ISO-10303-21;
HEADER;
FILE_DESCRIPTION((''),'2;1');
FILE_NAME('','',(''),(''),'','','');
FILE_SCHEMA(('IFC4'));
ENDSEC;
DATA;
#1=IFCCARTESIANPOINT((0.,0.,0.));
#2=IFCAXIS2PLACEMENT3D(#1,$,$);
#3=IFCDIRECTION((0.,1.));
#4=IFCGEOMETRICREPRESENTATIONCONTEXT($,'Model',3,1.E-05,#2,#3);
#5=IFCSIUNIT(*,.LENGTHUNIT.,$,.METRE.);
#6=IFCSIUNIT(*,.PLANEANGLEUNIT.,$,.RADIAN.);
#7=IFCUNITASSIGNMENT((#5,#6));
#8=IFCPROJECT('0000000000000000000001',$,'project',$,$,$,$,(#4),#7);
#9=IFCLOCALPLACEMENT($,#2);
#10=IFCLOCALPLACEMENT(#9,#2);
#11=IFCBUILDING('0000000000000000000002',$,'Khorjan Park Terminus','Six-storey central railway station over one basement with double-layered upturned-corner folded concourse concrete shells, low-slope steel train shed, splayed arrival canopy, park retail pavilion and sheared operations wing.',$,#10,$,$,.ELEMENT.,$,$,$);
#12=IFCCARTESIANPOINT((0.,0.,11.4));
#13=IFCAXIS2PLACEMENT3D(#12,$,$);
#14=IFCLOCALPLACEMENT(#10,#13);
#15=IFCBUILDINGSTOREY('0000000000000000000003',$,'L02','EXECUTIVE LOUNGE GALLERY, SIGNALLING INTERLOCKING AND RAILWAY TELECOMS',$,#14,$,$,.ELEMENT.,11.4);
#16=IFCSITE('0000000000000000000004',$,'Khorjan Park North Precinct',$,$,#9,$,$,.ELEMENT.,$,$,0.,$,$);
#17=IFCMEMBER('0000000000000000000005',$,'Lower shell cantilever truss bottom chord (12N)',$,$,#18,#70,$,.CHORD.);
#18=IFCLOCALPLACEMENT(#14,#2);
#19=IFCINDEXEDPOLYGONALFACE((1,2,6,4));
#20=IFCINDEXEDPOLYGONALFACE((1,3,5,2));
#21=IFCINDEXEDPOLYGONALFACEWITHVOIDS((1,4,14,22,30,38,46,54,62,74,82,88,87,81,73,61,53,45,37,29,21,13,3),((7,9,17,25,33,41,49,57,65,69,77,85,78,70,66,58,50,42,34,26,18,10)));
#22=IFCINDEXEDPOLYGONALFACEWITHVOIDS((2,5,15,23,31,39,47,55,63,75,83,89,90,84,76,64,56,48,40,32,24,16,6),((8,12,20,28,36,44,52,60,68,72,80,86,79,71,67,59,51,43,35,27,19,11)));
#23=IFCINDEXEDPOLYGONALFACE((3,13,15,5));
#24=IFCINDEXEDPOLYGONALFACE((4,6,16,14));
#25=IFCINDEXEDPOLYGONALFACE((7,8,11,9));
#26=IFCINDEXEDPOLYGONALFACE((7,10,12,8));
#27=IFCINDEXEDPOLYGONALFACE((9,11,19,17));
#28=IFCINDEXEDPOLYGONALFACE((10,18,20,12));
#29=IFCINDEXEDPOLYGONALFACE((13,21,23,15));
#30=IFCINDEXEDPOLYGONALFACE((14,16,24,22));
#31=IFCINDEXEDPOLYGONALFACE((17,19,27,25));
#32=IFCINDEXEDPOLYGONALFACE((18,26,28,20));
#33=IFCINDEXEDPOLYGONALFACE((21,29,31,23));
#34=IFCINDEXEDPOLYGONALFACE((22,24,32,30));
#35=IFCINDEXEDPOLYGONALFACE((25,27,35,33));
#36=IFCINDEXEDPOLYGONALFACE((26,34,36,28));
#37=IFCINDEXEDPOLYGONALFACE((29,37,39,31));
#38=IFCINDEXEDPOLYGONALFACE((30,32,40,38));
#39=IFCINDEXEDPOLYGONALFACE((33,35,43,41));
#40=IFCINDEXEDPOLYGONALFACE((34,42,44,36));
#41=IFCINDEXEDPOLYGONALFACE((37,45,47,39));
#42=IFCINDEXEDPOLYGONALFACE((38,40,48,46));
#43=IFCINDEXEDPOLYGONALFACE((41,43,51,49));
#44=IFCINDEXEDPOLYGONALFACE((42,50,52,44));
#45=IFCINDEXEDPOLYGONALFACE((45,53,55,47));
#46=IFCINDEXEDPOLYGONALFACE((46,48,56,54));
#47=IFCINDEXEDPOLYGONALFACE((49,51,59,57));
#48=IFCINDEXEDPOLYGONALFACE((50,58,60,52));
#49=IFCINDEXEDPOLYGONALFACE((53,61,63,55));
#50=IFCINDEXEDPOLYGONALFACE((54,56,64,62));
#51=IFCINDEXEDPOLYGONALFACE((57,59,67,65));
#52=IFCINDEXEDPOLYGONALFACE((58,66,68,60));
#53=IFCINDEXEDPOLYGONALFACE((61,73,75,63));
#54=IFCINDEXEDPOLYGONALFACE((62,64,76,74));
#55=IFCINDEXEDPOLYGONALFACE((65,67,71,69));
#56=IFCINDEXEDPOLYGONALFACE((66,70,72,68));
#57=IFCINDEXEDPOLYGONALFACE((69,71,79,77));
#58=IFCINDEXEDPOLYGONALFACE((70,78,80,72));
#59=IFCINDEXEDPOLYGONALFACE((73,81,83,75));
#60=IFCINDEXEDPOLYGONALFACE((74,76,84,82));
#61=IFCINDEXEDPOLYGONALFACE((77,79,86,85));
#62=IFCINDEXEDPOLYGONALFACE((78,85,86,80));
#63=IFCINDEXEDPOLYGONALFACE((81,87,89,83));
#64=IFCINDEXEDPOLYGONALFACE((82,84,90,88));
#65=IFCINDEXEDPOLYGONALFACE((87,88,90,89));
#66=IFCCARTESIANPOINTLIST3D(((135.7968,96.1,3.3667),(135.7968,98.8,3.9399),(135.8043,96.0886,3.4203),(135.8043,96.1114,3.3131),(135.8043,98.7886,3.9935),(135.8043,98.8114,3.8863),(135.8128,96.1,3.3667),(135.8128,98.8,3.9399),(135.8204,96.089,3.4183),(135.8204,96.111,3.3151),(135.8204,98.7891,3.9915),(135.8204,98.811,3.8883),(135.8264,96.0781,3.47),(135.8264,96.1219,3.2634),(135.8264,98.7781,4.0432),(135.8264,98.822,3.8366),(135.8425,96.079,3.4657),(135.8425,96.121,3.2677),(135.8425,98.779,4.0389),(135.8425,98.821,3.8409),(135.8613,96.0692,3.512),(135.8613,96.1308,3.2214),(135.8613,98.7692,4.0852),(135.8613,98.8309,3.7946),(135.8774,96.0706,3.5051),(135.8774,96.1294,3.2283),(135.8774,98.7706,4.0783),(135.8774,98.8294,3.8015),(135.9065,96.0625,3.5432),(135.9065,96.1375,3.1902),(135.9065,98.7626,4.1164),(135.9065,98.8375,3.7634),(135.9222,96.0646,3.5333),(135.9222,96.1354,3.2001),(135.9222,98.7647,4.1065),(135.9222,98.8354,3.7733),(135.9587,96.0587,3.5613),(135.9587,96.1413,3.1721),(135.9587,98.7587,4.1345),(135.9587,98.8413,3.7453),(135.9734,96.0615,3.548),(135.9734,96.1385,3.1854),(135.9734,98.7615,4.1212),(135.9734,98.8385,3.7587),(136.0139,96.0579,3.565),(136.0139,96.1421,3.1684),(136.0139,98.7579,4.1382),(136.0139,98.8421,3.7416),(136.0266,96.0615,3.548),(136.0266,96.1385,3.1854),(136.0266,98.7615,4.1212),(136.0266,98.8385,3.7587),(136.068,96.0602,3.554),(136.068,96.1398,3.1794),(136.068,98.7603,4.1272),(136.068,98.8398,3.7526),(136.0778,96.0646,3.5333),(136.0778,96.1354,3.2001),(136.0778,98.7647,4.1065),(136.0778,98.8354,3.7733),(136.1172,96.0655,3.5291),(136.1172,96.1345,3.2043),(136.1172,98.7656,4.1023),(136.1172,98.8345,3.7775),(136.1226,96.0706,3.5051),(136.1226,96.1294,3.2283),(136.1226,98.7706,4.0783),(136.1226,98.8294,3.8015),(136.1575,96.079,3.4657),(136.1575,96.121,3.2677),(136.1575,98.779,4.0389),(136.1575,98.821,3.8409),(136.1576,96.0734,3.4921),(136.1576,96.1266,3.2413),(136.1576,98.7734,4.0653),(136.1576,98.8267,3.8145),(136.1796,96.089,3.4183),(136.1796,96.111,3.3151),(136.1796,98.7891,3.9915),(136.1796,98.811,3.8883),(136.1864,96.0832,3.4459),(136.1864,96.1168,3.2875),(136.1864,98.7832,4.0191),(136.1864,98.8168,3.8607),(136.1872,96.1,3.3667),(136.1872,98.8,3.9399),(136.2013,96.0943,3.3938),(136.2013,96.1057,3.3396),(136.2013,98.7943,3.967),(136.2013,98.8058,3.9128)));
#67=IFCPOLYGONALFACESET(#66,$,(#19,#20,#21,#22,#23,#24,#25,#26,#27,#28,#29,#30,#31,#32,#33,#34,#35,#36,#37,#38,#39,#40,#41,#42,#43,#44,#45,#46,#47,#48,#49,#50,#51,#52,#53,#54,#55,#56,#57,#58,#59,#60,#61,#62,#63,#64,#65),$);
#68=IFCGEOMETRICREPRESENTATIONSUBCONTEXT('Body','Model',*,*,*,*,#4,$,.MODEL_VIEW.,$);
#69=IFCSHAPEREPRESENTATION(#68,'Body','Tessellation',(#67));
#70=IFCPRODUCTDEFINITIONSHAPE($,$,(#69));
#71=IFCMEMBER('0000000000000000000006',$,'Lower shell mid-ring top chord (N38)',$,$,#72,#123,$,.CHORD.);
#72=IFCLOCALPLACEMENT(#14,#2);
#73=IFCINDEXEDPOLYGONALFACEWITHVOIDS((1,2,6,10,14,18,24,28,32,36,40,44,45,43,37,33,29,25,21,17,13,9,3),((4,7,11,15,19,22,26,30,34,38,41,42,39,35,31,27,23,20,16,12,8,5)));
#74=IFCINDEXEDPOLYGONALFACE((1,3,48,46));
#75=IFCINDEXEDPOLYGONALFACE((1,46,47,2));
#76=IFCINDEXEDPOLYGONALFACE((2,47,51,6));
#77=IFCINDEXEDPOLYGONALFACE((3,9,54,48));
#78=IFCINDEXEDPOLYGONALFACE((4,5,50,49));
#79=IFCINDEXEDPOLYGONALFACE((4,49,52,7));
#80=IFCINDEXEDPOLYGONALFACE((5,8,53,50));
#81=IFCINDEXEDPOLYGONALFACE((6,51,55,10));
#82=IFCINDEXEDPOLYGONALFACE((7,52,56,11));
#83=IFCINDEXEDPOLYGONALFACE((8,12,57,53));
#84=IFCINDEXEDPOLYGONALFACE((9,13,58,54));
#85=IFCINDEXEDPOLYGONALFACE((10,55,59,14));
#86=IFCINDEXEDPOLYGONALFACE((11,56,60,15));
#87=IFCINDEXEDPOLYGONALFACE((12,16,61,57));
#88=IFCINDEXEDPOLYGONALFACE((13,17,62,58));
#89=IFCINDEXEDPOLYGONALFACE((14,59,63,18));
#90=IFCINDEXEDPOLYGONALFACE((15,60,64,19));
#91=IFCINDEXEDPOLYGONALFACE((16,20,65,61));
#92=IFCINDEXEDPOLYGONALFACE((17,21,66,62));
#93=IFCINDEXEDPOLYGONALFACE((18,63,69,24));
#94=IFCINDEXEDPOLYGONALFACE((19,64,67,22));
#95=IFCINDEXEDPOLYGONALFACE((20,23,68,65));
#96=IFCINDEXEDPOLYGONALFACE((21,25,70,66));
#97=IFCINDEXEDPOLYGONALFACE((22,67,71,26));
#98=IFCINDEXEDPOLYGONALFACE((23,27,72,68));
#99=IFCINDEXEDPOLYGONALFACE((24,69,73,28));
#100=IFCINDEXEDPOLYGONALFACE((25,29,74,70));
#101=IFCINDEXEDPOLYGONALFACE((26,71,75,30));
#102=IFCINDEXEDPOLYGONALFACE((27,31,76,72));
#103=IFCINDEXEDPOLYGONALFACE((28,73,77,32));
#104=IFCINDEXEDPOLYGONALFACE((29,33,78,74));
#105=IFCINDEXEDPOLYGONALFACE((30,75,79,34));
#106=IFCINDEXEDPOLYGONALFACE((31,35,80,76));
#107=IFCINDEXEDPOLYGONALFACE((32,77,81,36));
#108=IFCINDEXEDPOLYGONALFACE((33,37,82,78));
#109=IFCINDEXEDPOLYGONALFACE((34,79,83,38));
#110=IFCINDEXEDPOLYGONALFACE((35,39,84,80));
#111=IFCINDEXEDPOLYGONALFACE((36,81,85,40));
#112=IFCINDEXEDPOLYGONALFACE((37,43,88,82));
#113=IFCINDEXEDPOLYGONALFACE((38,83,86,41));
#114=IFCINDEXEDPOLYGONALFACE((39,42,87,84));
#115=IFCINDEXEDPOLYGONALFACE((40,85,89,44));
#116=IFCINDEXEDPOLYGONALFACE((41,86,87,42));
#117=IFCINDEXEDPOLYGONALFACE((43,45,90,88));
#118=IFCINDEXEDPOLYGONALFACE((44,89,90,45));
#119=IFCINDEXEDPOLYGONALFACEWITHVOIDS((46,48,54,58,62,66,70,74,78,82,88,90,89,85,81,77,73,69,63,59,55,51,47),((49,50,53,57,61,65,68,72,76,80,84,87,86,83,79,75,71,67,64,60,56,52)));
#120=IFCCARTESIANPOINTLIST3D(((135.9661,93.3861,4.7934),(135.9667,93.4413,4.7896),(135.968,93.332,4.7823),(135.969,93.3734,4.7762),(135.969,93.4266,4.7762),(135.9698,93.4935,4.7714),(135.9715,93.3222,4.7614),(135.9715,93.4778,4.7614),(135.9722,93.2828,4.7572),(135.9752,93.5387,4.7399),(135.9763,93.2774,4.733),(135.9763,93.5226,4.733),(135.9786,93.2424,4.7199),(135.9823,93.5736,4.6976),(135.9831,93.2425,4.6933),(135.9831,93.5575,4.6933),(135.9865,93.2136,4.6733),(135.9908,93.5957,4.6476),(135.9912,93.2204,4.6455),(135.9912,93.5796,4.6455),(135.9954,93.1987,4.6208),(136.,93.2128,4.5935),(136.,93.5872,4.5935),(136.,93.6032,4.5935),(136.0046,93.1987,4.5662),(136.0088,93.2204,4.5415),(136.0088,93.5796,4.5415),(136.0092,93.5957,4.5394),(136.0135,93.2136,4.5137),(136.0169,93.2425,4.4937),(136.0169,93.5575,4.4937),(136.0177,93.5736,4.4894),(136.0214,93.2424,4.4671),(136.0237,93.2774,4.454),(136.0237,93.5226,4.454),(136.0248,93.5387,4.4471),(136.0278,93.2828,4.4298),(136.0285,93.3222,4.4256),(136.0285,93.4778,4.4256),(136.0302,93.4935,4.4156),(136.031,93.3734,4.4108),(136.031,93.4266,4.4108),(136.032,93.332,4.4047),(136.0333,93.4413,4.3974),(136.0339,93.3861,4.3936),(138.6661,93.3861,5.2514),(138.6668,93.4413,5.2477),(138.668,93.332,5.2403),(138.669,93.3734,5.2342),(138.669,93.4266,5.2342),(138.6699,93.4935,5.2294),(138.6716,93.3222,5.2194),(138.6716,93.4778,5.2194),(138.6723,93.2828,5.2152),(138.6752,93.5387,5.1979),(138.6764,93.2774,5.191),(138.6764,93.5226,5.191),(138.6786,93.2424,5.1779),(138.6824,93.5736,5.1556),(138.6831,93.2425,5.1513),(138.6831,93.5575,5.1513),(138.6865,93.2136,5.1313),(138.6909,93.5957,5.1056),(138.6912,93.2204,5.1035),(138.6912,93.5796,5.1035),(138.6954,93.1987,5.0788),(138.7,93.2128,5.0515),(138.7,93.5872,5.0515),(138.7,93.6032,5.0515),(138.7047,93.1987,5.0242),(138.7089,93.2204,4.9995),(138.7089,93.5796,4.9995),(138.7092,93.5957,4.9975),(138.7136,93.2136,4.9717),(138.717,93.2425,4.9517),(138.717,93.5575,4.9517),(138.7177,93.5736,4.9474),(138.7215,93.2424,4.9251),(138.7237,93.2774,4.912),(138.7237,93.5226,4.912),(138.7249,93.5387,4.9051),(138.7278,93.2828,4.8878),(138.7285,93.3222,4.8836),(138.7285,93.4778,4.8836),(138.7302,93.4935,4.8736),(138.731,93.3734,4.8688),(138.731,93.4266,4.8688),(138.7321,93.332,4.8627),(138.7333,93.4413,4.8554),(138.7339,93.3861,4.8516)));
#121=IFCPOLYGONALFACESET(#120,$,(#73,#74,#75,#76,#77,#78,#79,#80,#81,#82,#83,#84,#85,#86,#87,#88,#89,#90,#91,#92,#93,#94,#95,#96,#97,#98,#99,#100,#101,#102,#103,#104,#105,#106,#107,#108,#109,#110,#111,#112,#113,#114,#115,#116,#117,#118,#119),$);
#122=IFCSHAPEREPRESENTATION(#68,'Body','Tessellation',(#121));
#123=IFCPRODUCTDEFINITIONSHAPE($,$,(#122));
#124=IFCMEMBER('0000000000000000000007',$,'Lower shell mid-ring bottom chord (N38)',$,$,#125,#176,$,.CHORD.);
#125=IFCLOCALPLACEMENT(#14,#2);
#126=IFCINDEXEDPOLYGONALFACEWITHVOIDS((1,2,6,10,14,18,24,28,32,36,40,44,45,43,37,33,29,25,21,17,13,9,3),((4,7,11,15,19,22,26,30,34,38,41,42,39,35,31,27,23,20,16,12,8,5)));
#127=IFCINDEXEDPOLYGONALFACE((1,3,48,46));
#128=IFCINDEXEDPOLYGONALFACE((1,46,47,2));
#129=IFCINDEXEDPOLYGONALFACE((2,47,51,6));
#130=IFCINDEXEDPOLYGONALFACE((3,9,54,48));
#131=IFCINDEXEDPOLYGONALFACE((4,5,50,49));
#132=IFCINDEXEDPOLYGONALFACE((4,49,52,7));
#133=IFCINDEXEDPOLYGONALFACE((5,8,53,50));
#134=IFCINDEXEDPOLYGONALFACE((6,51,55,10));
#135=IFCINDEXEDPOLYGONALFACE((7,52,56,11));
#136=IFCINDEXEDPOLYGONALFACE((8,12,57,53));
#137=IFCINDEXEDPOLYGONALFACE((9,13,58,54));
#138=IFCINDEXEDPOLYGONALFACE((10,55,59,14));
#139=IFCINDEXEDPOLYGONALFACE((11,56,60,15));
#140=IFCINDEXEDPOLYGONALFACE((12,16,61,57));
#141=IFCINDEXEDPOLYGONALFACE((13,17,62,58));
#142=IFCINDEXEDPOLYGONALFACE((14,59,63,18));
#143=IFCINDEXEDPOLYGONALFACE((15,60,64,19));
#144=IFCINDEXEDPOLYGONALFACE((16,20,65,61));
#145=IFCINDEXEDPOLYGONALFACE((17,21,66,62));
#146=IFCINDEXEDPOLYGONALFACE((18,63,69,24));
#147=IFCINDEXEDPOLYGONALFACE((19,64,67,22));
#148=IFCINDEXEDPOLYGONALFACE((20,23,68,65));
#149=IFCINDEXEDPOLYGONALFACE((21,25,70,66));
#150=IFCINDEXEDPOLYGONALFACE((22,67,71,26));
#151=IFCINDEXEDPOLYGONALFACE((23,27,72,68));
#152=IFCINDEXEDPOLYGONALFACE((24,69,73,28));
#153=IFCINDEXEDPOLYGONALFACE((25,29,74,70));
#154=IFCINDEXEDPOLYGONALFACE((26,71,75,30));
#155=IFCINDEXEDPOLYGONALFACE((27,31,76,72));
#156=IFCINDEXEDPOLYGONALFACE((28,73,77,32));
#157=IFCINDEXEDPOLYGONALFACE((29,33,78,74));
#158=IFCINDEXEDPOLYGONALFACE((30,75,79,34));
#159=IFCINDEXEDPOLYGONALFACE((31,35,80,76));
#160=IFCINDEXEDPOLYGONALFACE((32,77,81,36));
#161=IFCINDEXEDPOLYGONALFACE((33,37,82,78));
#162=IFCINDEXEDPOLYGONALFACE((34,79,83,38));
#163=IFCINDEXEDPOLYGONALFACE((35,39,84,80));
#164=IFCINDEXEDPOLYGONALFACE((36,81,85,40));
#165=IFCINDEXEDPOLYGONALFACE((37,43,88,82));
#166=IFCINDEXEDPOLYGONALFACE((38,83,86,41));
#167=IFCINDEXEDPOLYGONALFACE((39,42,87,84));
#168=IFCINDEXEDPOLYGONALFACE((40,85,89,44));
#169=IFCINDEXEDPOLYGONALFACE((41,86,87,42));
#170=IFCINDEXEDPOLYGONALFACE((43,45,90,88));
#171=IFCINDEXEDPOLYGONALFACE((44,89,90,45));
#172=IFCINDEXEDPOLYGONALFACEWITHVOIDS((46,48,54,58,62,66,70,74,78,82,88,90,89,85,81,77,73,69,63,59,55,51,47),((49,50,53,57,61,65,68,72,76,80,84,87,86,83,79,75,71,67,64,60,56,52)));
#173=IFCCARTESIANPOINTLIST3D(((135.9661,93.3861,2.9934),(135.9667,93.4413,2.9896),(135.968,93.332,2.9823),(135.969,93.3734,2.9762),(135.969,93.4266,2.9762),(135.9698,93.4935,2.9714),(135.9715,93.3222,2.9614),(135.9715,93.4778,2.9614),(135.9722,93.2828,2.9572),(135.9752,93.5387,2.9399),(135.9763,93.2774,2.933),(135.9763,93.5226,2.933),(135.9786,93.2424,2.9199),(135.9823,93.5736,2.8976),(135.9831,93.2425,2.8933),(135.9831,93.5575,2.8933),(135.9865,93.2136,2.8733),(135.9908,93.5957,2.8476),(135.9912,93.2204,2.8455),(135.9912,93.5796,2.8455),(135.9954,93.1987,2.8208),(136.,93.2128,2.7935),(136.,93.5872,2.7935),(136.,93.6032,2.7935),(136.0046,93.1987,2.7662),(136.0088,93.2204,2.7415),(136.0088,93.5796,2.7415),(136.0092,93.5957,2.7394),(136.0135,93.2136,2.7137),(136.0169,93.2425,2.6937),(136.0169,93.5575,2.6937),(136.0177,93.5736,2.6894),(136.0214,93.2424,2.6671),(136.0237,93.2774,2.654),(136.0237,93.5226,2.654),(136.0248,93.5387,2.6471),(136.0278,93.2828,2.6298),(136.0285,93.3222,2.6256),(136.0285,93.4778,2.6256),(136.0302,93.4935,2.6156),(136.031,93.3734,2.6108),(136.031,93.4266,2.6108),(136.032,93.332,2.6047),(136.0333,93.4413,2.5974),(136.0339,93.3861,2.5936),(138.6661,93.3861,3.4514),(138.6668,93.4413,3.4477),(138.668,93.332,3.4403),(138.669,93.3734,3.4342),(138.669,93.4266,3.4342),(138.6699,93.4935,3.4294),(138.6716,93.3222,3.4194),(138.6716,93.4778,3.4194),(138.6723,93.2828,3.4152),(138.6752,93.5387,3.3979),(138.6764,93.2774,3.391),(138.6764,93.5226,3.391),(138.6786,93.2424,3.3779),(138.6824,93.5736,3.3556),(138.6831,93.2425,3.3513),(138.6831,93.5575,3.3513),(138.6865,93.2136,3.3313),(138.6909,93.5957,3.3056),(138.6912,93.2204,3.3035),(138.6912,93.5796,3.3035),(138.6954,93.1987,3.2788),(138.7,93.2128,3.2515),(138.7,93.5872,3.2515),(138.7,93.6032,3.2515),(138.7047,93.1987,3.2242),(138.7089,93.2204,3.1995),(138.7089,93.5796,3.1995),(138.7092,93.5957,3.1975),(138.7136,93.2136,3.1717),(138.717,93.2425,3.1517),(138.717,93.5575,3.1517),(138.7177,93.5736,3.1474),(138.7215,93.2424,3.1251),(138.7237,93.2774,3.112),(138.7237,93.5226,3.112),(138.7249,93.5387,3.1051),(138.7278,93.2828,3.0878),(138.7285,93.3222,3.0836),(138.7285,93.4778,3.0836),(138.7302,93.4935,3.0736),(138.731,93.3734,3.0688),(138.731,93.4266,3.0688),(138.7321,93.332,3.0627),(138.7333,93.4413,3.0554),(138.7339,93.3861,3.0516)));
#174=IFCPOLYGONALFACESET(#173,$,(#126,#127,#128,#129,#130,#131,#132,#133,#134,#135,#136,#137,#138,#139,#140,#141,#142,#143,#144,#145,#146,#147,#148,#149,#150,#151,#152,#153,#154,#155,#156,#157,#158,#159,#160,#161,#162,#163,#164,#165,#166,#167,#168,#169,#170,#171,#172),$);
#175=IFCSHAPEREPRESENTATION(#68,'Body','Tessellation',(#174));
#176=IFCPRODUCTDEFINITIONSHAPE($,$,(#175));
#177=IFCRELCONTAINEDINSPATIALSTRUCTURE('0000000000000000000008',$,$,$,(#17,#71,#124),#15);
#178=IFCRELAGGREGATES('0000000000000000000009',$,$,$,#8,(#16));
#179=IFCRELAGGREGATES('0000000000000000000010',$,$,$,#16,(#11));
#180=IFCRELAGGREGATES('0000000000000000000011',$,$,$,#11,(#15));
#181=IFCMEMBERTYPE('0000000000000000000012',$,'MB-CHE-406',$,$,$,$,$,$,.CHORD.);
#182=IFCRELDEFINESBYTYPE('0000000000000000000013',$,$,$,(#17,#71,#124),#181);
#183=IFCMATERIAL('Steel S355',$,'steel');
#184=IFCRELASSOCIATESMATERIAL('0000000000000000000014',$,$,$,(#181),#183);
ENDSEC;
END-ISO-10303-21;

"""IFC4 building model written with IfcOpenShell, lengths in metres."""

from ifc_helpers import new_model, si_unit, direction, frame, origin, origin_2d, place, context, subcontext, project, spatial, hollow_circle, extrude, material, material_profile, profile_set, type_object, element, save


model = new_model("IFC4")

# Units and contexts
model_context = context("Model", 3, precision=1e-05, world=origin(), true_north=direction((0.0, 1.0)))
body_context = subcontext(model_context, "Body", "Model", "MODEL_VIEW")
ifc_project = project(units=[si_unit("LENGTHUNIT", "METRE"), si_unit("PLANEANGLEUNIT", "RADIAN")], contexts=[model_context])

# Site, building, storey
site_placement = place(None, origin())
site = spatial("IfcSite", under=ifc_project, at=site_placement, Name="Khorjan Park North Precinct", CompositionType="ELEMENT", RefElevation=0.0)
building_placement = place(site_placement, origin())
building = spatial("IfcBuilding", under=site, at=building_placement, Name="Khorjan Park Terminus", Description="Six-storey central railway station over one basement with double-layered upturned-corner folded concourse concrete shells, low-slope steel train shed, splayed arrival canopy, park retail pavilion and sheared operations wing.", CompositionType="ELEMENT")
storey_placement = place(building_placement, frame((0.0, 0.0, 11.4)))
storey = spatial("IfcBuildingStorey", under=building, at=storey_placement, Name="L02", Description="EXECUTIVE LOUNGE GALLERY, SIGNALLING INTERLOCKING AND RAILWAY TELECOMS", CompositionType="ELEMENT", Elevation=11.4)

# Shared definitions
ifc_material_1 = material(Name="Steel S355", Category="steel")

# Members
ifc_material_profile_1 = material_profile(ifc_material_1, hollow_circle(Radius=0.2032, WallThickness=0.016, at=origin_2d()), Name="CHS 406.4x16")
ifc_profile_set_1 = profile_set([ifc_material_profile_1], Name="Steel S355")
member_type_1 = type_object("IfcMemberType", Name="MB-CHE-406", PredefinedType="CHORD", material=ifc_profile_set_1)
for number, where, z_axis, x_axis, name in (
    (1, (136.0, 96.1, 3.3667), (0.0, 0.978199, 0.207668), (-1.0, 0.0, 0.0), "Lower shell cantilever truss bottom chord (12N)"),
):
    element("IfcMember", number, at=place(storey_placement, frame(where, z_axis=z_axis, x_axis=x_axis)), inside=storey, type_object=member_type_1, Name=name, PredefinedType="CHORD", context=body_context, shape_type="SweptSolid", body=[
        extrude(hollow_circle(Radius=0.2032, WallThickness=0.016, at=origin_2d()), origin(), (0.0, 0.0, 1.0), 2.7602),
    ])
for number, where, z_axis, x_axis, name in (
    (2, (136.0, 93.4, 4.5935), (0.985916, 0.0, 0.167241), (0.0, 1.0, 0.0), "Lower shell mid-ring top chord (N38)"),
    (3, (136.0, 93.4, 2.7935), (0.985916, 0.0, 0.167241), (0.0, 1.0, 0.0), "Lower shell mid-ring bottom chord (N38)"),
):
    element("IfcMember", number, at=place(storey_placement, frame(where, z_axis=z_axis, x_axis=x_axis)), inside=storey, type_object=member_type_1, Name=name, PredefinedType="CHORD", context=body_context, shape_type="SweptSolid", body=[
        extrude(hollow_circle(Radius=0.2032, WallThickness=0.016, at=origin_2d()), origin(), (0.0, 0.0, 1.0), 2.7386),
    ])

save(model, "model.ifc")
